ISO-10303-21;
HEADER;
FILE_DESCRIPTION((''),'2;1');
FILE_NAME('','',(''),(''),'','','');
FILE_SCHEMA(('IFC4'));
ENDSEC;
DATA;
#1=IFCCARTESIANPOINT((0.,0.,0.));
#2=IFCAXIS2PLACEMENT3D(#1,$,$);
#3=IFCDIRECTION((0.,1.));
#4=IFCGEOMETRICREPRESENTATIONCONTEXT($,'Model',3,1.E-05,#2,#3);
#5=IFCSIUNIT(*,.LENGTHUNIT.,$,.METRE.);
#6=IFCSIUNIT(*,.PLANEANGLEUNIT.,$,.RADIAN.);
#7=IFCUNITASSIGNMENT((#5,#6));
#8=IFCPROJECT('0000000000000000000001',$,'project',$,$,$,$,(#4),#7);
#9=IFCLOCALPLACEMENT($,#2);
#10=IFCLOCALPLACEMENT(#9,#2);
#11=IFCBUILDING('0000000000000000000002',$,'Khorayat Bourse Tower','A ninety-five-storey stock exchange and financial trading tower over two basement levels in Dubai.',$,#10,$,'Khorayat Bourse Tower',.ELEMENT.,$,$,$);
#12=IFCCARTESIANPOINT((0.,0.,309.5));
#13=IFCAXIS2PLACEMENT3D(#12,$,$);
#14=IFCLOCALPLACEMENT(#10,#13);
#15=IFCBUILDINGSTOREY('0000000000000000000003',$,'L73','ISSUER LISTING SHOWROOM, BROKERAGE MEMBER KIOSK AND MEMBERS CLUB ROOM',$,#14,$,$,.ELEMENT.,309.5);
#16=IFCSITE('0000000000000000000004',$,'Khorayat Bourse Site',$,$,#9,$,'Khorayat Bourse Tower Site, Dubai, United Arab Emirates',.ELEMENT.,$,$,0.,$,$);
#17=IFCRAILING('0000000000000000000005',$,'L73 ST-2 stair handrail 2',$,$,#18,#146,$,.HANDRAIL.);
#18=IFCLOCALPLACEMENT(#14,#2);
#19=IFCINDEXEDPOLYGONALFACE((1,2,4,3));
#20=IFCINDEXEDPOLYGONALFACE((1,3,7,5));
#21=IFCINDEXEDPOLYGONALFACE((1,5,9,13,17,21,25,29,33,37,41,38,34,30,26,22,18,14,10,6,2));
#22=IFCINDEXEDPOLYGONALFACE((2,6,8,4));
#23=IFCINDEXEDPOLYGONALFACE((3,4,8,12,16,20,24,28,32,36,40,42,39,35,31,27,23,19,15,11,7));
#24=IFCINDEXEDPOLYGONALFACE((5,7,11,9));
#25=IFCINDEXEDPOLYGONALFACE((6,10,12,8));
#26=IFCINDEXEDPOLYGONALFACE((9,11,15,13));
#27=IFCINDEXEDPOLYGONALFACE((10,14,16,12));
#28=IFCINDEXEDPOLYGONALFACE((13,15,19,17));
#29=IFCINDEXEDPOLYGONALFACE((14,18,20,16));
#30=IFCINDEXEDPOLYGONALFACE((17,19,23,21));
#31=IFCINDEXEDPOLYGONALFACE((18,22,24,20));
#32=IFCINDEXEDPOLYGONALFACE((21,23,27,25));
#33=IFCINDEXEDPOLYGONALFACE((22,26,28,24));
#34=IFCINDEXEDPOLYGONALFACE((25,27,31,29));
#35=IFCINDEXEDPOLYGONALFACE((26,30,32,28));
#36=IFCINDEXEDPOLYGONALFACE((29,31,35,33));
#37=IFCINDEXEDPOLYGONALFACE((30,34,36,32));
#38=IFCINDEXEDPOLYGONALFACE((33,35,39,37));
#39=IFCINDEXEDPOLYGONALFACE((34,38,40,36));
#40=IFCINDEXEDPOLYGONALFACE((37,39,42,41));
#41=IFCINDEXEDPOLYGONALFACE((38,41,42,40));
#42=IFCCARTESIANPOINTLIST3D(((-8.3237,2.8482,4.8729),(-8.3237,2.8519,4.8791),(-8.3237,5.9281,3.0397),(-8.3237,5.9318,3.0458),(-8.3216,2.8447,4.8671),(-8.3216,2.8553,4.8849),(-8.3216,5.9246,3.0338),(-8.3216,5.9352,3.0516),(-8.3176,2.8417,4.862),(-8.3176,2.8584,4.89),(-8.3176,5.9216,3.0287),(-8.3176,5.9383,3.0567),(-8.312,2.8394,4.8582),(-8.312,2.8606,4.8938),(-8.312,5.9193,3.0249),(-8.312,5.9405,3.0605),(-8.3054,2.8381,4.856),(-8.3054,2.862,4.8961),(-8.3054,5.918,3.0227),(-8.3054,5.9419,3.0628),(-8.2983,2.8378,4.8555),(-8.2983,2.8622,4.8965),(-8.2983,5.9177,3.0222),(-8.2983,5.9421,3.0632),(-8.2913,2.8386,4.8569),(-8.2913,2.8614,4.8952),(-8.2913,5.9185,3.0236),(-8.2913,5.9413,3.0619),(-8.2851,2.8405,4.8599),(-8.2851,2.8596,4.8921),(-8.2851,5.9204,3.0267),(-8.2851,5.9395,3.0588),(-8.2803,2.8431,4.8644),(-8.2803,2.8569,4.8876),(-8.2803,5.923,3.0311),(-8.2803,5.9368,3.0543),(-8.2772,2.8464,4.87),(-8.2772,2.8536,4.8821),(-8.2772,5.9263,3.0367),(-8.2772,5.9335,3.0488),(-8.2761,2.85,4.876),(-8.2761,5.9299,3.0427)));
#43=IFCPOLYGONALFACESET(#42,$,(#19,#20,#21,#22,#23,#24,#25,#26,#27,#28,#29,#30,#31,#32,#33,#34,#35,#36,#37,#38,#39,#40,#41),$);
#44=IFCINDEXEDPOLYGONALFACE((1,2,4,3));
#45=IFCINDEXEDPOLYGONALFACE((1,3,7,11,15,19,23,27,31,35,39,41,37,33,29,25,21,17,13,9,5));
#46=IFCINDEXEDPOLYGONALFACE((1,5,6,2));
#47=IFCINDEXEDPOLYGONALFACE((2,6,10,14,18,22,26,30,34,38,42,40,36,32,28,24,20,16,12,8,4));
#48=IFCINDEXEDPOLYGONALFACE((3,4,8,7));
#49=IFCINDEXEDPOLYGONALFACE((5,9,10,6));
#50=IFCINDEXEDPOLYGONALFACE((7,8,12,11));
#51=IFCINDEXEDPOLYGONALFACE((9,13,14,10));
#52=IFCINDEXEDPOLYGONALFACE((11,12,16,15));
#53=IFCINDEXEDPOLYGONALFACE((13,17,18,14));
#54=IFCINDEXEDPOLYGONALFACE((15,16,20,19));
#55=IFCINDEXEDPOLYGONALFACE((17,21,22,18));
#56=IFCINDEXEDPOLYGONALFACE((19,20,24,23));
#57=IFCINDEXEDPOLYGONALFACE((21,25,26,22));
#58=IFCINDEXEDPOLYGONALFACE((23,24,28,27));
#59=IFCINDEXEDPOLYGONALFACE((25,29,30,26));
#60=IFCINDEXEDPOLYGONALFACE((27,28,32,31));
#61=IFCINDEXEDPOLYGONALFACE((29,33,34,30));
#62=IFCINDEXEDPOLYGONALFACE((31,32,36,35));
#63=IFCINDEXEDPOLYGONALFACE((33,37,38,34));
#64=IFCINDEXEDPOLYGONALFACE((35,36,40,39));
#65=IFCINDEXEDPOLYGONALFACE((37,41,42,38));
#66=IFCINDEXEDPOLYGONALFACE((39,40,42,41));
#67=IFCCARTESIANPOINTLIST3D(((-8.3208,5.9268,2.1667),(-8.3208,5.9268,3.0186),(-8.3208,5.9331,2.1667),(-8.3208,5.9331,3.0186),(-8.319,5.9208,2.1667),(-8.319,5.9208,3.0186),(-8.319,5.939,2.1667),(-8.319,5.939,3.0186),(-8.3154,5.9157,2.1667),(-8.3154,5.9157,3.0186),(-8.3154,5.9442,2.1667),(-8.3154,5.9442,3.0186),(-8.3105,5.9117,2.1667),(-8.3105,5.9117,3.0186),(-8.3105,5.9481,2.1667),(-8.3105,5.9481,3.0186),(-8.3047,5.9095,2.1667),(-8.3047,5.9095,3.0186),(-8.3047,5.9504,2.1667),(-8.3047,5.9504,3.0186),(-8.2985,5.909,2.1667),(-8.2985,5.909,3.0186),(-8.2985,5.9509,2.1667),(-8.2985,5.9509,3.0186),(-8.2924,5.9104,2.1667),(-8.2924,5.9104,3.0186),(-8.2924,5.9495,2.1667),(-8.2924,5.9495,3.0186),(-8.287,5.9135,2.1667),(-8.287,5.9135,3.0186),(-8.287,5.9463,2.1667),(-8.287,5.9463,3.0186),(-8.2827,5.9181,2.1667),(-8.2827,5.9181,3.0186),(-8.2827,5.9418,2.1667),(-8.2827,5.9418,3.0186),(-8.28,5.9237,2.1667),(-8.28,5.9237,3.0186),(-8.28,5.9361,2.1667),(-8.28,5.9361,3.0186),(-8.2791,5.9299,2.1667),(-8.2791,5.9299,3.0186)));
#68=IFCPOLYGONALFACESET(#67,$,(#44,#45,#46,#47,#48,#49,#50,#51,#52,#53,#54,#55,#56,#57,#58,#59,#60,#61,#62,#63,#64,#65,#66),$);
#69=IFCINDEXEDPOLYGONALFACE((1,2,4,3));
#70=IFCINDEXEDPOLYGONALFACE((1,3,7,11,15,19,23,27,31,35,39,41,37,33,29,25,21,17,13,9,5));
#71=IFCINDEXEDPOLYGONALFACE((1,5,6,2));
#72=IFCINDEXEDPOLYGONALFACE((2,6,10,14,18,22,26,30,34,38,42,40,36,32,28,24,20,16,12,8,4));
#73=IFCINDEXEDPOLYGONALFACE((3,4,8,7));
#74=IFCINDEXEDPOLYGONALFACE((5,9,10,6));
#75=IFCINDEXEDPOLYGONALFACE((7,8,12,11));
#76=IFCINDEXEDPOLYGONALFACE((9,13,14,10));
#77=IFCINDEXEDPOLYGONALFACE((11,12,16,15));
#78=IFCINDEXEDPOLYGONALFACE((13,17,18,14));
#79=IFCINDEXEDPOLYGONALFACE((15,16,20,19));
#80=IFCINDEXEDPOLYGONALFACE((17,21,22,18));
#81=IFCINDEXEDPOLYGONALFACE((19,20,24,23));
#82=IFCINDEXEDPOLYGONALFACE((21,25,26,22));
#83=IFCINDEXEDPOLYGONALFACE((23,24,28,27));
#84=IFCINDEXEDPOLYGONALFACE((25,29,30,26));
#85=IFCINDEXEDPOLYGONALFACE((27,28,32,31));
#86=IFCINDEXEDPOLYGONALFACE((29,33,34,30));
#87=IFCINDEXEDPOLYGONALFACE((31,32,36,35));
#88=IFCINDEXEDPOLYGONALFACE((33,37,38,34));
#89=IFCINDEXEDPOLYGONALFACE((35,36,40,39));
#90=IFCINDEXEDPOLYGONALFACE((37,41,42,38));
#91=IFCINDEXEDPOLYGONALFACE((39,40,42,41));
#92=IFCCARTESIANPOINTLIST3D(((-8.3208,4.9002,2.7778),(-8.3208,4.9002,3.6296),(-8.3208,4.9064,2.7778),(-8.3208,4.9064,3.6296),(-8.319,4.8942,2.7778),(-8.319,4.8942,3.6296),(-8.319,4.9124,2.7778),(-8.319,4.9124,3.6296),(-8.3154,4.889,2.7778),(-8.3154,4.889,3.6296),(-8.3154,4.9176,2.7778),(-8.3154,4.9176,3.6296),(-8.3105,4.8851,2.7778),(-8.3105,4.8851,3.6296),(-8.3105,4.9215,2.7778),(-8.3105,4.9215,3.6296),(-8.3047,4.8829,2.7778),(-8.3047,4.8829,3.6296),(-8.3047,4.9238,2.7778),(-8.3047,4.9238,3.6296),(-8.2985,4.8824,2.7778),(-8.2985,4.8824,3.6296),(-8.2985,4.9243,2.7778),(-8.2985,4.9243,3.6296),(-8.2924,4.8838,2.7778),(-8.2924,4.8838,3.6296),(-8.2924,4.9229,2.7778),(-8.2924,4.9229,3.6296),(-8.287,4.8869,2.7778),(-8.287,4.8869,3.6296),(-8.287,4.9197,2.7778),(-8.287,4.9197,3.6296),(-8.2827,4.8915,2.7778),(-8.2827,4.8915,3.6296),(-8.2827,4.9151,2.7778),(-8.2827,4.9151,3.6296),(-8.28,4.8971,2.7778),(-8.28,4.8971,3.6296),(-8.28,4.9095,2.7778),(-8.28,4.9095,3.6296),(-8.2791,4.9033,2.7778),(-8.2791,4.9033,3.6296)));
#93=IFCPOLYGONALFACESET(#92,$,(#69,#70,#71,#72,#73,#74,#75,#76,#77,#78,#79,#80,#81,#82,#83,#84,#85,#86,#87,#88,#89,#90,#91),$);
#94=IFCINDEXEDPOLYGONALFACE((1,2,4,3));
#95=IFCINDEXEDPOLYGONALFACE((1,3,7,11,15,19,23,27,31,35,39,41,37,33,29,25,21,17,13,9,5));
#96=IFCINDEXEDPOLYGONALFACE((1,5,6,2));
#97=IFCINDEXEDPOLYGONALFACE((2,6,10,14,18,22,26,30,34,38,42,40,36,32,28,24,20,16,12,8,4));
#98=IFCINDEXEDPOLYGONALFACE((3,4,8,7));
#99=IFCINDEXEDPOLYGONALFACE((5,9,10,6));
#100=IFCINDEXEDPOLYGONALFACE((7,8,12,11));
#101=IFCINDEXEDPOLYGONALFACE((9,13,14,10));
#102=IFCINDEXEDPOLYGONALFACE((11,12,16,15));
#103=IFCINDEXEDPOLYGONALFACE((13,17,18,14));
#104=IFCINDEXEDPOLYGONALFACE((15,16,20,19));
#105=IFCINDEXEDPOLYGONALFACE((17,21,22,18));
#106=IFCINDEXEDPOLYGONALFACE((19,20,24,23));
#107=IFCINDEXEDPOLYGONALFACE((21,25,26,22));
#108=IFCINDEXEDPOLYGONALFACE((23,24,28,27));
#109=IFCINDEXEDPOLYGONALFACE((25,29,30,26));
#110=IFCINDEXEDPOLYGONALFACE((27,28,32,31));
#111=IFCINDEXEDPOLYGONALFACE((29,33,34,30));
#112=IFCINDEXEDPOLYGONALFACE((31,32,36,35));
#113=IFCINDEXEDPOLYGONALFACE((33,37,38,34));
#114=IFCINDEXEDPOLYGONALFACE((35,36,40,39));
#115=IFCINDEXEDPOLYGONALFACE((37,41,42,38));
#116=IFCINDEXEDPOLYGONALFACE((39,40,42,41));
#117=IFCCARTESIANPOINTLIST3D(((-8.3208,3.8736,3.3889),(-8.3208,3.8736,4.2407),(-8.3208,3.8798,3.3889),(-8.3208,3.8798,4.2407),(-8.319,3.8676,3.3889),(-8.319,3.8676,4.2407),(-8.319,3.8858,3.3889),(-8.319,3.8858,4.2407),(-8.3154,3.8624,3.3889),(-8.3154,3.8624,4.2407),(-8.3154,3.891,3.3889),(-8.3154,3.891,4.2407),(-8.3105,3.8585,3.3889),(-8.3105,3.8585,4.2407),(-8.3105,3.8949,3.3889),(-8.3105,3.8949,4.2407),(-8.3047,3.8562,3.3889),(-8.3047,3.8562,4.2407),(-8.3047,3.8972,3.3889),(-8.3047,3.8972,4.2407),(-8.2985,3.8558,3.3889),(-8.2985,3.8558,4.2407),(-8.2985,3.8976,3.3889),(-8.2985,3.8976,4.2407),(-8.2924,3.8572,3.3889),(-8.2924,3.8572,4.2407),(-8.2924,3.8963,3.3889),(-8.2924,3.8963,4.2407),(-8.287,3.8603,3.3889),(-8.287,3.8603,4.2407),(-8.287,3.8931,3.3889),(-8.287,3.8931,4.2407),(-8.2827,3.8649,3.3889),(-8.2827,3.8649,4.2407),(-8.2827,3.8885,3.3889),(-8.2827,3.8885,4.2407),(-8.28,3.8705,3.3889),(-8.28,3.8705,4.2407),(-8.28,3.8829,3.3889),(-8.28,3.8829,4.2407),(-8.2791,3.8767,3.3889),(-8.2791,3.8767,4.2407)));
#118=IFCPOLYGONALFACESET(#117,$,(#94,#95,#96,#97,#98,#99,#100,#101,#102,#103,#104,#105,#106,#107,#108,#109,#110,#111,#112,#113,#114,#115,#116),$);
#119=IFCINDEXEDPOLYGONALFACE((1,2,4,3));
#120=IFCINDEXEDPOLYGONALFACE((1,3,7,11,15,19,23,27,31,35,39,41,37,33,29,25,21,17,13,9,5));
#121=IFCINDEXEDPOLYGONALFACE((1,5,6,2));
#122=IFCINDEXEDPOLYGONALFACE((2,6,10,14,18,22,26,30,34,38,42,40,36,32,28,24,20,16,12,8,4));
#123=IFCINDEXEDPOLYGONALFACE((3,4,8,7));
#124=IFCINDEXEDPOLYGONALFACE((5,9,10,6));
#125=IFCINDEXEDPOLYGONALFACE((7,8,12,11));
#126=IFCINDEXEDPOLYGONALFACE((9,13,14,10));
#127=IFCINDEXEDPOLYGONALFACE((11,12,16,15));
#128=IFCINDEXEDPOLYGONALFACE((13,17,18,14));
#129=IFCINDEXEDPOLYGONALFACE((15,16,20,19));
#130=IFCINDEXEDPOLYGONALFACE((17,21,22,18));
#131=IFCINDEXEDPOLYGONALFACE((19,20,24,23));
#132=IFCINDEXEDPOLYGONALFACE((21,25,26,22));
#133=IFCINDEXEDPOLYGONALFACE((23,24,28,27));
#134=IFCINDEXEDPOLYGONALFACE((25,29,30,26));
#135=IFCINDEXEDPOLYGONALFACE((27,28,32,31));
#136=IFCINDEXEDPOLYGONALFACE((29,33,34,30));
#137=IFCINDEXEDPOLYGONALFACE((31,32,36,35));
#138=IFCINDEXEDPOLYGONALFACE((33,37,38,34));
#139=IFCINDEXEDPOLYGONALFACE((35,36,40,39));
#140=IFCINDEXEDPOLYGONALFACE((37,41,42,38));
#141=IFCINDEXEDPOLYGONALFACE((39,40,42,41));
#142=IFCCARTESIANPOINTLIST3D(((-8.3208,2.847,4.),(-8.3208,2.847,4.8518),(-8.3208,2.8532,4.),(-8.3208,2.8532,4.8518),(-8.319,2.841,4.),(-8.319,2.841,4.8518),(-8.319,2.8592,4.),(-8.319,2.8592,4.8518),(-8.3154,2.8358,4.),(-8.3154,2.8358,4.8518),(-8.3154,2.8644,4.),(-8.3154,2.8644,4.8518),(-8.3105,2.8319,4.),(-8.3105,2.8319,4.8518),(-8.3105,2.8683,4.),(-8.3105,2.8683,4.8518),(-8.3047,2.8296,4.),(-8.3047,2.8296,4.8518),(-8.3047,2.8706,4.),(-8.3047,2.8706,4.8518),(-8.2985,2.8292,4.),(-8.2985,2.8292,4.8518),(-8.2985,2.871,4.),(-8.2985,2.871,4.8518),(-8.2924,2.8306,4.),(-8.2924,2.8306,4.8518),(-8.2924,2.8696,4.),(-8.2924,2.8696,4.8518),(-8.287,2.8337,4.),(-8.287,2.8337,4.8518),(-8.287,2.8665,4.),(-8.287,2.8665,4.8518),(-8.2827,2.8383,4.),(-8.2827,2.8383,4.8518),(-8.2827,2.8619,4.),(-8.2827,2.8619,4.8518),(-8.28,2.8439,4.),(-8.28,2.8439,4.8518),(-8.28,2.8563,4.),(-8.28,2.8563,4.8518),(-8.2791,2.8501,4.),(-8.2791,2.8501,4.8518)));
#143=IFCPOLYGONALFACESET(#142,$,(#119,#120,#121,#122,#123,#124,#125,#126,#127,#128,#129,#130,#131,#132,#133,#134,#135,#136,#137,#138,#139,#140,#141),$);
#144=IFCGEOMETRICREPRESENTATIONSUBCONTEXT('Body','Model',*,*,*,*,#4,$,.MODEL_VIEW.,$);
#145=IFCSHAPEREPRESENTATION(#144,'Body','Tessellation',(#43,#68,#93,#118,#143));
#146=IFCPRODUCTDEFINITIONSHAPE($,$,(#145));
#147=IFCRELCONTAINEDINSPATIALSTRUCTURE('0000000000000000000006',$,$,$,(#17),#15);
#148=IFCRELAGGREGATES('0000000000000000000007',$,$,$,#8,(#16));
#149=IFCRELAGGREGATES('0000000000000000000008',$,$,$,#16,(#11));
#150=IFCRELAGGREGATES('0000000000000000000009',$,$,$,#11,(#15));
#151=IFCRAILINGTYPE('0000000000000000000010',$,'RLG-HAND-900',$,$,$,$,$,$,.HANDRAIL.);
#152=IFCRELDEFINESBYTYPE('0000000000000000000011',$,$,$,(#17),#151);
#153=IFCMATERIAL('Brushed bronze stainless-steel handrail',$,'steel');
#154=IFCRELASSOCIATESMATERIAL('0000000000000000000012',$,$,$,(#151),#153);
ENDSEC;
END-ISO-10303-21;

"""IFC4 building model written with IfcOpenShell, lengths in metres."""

from ifc_helpers import new_model, si_unit, direction, frame, origin, origin_2d, place, context, subcontext, project, spatial, circle, extrude, source, transform, mapped, material, type_object, element, save


model = new_model("IFC4")

# Units and contexts
model_context = context("Model", 3, precision=1e-05, world=origin(), true_north=direction((0.0, 1.0)))
body_context = subcontext(model_context, "Body", "Model", "MODEL_VIEW")
ifc_project = project(units=[si_unit("LENGTHUNIT", "METRE"), si_unit("PLANEANGLEUNIT", "RADIAN")], contexts=[model_context])

# Site, building, storey
site_placement = place(None, origin())
site = spatial("IfcSite", under=ifc_project, at=site_placement, Name="Khorayat Bourse Site", LongName="Khorayat Bourse Tower Site, Dubai, United Arab Emirates", CompositionType="ELEMENT", RefElevation=0.0)
building_placement = place(site_placement, origin())
building = spatial("IfcBuilding", under=site, at=building_placement, Name="Khorayat Bourse Tower", Description="A ninety-five-storey stock exchange and financial trading tower over two basement levels in Dubai.", LongName="Khorayat Bourse Tower", CompositionType="ELEMENT")
storey_placement = place(building_placement, frame((0.0, 0.0, 309.5)))
storey = spatial("IfcBuildingStorey", under=building, at=storey_placement, Name="L73", Description="ISSUER LISTING SHOWROOM, BROKERAGE MEMBER KIOSK AND MEMBERS CLUB ROOM", CompositionType="ELEMENT", Elevation=309.5)

# Railing
ifc_material_1 = material(Name="Brushed bronze stainless-steel handrail", Category="steel")
railing_type_1 = type_object("IfcRailingType", Name="RLG-HAND-900", PredefinedType="HANDRAIL", material=ifc_material_1)
shared_shape_1 = source(origin(), body_context, "Body", "SweptSolid", [
    extrude(circle(Radius=0.0239, at=origin_2d()), frame((0.0, 0.0, 0.876), z_axis=(0.0, -0.859291, 0.511487), x_axis=(1.0, 0.0, 0.0)), (0.0, 0.0, 1.0), 3.5842),
    extrude(circle(Radius=0.021, at=origin_2d()), origin(), (0.0, 0.0, 1.0), 0.8518),
    extrude(circle(Radius=0.021, at=origin_2d()), frame((0.0, -1.0266, 0.6111)), (0.0, 0.0, 1.0), 0.8518),
    extrude(circle(Radius=0.021, at=origin_2d()), frame((0.0, -2.0532, 1.2222)), (0.0, 0.0, 1.0), 0.8518),
    extrude(circle(Radius=0.021, at=origin_2d()), frame((0.0, -3.0798, 1.8333)), (0.0, 0.0, 1.0), 0.8518),
])
railing_1_placement = place(storey_placement, frame((-8.3, 5.9299, 2.1667)))
element("IfcRailing", 1, at=railing_1_placement, inside=storey, type_object=railing_type_1, Name="L73 ST-2 stair handrail 2", PredefinedType="HANDRAIL", context=body_context, shape_type="MappedRepresentation", body=[
    mapped(shared_shape_1, transform((0.0, 0.0, 0.0), scale=1.0)),
])

save(model, "model.ifc")
